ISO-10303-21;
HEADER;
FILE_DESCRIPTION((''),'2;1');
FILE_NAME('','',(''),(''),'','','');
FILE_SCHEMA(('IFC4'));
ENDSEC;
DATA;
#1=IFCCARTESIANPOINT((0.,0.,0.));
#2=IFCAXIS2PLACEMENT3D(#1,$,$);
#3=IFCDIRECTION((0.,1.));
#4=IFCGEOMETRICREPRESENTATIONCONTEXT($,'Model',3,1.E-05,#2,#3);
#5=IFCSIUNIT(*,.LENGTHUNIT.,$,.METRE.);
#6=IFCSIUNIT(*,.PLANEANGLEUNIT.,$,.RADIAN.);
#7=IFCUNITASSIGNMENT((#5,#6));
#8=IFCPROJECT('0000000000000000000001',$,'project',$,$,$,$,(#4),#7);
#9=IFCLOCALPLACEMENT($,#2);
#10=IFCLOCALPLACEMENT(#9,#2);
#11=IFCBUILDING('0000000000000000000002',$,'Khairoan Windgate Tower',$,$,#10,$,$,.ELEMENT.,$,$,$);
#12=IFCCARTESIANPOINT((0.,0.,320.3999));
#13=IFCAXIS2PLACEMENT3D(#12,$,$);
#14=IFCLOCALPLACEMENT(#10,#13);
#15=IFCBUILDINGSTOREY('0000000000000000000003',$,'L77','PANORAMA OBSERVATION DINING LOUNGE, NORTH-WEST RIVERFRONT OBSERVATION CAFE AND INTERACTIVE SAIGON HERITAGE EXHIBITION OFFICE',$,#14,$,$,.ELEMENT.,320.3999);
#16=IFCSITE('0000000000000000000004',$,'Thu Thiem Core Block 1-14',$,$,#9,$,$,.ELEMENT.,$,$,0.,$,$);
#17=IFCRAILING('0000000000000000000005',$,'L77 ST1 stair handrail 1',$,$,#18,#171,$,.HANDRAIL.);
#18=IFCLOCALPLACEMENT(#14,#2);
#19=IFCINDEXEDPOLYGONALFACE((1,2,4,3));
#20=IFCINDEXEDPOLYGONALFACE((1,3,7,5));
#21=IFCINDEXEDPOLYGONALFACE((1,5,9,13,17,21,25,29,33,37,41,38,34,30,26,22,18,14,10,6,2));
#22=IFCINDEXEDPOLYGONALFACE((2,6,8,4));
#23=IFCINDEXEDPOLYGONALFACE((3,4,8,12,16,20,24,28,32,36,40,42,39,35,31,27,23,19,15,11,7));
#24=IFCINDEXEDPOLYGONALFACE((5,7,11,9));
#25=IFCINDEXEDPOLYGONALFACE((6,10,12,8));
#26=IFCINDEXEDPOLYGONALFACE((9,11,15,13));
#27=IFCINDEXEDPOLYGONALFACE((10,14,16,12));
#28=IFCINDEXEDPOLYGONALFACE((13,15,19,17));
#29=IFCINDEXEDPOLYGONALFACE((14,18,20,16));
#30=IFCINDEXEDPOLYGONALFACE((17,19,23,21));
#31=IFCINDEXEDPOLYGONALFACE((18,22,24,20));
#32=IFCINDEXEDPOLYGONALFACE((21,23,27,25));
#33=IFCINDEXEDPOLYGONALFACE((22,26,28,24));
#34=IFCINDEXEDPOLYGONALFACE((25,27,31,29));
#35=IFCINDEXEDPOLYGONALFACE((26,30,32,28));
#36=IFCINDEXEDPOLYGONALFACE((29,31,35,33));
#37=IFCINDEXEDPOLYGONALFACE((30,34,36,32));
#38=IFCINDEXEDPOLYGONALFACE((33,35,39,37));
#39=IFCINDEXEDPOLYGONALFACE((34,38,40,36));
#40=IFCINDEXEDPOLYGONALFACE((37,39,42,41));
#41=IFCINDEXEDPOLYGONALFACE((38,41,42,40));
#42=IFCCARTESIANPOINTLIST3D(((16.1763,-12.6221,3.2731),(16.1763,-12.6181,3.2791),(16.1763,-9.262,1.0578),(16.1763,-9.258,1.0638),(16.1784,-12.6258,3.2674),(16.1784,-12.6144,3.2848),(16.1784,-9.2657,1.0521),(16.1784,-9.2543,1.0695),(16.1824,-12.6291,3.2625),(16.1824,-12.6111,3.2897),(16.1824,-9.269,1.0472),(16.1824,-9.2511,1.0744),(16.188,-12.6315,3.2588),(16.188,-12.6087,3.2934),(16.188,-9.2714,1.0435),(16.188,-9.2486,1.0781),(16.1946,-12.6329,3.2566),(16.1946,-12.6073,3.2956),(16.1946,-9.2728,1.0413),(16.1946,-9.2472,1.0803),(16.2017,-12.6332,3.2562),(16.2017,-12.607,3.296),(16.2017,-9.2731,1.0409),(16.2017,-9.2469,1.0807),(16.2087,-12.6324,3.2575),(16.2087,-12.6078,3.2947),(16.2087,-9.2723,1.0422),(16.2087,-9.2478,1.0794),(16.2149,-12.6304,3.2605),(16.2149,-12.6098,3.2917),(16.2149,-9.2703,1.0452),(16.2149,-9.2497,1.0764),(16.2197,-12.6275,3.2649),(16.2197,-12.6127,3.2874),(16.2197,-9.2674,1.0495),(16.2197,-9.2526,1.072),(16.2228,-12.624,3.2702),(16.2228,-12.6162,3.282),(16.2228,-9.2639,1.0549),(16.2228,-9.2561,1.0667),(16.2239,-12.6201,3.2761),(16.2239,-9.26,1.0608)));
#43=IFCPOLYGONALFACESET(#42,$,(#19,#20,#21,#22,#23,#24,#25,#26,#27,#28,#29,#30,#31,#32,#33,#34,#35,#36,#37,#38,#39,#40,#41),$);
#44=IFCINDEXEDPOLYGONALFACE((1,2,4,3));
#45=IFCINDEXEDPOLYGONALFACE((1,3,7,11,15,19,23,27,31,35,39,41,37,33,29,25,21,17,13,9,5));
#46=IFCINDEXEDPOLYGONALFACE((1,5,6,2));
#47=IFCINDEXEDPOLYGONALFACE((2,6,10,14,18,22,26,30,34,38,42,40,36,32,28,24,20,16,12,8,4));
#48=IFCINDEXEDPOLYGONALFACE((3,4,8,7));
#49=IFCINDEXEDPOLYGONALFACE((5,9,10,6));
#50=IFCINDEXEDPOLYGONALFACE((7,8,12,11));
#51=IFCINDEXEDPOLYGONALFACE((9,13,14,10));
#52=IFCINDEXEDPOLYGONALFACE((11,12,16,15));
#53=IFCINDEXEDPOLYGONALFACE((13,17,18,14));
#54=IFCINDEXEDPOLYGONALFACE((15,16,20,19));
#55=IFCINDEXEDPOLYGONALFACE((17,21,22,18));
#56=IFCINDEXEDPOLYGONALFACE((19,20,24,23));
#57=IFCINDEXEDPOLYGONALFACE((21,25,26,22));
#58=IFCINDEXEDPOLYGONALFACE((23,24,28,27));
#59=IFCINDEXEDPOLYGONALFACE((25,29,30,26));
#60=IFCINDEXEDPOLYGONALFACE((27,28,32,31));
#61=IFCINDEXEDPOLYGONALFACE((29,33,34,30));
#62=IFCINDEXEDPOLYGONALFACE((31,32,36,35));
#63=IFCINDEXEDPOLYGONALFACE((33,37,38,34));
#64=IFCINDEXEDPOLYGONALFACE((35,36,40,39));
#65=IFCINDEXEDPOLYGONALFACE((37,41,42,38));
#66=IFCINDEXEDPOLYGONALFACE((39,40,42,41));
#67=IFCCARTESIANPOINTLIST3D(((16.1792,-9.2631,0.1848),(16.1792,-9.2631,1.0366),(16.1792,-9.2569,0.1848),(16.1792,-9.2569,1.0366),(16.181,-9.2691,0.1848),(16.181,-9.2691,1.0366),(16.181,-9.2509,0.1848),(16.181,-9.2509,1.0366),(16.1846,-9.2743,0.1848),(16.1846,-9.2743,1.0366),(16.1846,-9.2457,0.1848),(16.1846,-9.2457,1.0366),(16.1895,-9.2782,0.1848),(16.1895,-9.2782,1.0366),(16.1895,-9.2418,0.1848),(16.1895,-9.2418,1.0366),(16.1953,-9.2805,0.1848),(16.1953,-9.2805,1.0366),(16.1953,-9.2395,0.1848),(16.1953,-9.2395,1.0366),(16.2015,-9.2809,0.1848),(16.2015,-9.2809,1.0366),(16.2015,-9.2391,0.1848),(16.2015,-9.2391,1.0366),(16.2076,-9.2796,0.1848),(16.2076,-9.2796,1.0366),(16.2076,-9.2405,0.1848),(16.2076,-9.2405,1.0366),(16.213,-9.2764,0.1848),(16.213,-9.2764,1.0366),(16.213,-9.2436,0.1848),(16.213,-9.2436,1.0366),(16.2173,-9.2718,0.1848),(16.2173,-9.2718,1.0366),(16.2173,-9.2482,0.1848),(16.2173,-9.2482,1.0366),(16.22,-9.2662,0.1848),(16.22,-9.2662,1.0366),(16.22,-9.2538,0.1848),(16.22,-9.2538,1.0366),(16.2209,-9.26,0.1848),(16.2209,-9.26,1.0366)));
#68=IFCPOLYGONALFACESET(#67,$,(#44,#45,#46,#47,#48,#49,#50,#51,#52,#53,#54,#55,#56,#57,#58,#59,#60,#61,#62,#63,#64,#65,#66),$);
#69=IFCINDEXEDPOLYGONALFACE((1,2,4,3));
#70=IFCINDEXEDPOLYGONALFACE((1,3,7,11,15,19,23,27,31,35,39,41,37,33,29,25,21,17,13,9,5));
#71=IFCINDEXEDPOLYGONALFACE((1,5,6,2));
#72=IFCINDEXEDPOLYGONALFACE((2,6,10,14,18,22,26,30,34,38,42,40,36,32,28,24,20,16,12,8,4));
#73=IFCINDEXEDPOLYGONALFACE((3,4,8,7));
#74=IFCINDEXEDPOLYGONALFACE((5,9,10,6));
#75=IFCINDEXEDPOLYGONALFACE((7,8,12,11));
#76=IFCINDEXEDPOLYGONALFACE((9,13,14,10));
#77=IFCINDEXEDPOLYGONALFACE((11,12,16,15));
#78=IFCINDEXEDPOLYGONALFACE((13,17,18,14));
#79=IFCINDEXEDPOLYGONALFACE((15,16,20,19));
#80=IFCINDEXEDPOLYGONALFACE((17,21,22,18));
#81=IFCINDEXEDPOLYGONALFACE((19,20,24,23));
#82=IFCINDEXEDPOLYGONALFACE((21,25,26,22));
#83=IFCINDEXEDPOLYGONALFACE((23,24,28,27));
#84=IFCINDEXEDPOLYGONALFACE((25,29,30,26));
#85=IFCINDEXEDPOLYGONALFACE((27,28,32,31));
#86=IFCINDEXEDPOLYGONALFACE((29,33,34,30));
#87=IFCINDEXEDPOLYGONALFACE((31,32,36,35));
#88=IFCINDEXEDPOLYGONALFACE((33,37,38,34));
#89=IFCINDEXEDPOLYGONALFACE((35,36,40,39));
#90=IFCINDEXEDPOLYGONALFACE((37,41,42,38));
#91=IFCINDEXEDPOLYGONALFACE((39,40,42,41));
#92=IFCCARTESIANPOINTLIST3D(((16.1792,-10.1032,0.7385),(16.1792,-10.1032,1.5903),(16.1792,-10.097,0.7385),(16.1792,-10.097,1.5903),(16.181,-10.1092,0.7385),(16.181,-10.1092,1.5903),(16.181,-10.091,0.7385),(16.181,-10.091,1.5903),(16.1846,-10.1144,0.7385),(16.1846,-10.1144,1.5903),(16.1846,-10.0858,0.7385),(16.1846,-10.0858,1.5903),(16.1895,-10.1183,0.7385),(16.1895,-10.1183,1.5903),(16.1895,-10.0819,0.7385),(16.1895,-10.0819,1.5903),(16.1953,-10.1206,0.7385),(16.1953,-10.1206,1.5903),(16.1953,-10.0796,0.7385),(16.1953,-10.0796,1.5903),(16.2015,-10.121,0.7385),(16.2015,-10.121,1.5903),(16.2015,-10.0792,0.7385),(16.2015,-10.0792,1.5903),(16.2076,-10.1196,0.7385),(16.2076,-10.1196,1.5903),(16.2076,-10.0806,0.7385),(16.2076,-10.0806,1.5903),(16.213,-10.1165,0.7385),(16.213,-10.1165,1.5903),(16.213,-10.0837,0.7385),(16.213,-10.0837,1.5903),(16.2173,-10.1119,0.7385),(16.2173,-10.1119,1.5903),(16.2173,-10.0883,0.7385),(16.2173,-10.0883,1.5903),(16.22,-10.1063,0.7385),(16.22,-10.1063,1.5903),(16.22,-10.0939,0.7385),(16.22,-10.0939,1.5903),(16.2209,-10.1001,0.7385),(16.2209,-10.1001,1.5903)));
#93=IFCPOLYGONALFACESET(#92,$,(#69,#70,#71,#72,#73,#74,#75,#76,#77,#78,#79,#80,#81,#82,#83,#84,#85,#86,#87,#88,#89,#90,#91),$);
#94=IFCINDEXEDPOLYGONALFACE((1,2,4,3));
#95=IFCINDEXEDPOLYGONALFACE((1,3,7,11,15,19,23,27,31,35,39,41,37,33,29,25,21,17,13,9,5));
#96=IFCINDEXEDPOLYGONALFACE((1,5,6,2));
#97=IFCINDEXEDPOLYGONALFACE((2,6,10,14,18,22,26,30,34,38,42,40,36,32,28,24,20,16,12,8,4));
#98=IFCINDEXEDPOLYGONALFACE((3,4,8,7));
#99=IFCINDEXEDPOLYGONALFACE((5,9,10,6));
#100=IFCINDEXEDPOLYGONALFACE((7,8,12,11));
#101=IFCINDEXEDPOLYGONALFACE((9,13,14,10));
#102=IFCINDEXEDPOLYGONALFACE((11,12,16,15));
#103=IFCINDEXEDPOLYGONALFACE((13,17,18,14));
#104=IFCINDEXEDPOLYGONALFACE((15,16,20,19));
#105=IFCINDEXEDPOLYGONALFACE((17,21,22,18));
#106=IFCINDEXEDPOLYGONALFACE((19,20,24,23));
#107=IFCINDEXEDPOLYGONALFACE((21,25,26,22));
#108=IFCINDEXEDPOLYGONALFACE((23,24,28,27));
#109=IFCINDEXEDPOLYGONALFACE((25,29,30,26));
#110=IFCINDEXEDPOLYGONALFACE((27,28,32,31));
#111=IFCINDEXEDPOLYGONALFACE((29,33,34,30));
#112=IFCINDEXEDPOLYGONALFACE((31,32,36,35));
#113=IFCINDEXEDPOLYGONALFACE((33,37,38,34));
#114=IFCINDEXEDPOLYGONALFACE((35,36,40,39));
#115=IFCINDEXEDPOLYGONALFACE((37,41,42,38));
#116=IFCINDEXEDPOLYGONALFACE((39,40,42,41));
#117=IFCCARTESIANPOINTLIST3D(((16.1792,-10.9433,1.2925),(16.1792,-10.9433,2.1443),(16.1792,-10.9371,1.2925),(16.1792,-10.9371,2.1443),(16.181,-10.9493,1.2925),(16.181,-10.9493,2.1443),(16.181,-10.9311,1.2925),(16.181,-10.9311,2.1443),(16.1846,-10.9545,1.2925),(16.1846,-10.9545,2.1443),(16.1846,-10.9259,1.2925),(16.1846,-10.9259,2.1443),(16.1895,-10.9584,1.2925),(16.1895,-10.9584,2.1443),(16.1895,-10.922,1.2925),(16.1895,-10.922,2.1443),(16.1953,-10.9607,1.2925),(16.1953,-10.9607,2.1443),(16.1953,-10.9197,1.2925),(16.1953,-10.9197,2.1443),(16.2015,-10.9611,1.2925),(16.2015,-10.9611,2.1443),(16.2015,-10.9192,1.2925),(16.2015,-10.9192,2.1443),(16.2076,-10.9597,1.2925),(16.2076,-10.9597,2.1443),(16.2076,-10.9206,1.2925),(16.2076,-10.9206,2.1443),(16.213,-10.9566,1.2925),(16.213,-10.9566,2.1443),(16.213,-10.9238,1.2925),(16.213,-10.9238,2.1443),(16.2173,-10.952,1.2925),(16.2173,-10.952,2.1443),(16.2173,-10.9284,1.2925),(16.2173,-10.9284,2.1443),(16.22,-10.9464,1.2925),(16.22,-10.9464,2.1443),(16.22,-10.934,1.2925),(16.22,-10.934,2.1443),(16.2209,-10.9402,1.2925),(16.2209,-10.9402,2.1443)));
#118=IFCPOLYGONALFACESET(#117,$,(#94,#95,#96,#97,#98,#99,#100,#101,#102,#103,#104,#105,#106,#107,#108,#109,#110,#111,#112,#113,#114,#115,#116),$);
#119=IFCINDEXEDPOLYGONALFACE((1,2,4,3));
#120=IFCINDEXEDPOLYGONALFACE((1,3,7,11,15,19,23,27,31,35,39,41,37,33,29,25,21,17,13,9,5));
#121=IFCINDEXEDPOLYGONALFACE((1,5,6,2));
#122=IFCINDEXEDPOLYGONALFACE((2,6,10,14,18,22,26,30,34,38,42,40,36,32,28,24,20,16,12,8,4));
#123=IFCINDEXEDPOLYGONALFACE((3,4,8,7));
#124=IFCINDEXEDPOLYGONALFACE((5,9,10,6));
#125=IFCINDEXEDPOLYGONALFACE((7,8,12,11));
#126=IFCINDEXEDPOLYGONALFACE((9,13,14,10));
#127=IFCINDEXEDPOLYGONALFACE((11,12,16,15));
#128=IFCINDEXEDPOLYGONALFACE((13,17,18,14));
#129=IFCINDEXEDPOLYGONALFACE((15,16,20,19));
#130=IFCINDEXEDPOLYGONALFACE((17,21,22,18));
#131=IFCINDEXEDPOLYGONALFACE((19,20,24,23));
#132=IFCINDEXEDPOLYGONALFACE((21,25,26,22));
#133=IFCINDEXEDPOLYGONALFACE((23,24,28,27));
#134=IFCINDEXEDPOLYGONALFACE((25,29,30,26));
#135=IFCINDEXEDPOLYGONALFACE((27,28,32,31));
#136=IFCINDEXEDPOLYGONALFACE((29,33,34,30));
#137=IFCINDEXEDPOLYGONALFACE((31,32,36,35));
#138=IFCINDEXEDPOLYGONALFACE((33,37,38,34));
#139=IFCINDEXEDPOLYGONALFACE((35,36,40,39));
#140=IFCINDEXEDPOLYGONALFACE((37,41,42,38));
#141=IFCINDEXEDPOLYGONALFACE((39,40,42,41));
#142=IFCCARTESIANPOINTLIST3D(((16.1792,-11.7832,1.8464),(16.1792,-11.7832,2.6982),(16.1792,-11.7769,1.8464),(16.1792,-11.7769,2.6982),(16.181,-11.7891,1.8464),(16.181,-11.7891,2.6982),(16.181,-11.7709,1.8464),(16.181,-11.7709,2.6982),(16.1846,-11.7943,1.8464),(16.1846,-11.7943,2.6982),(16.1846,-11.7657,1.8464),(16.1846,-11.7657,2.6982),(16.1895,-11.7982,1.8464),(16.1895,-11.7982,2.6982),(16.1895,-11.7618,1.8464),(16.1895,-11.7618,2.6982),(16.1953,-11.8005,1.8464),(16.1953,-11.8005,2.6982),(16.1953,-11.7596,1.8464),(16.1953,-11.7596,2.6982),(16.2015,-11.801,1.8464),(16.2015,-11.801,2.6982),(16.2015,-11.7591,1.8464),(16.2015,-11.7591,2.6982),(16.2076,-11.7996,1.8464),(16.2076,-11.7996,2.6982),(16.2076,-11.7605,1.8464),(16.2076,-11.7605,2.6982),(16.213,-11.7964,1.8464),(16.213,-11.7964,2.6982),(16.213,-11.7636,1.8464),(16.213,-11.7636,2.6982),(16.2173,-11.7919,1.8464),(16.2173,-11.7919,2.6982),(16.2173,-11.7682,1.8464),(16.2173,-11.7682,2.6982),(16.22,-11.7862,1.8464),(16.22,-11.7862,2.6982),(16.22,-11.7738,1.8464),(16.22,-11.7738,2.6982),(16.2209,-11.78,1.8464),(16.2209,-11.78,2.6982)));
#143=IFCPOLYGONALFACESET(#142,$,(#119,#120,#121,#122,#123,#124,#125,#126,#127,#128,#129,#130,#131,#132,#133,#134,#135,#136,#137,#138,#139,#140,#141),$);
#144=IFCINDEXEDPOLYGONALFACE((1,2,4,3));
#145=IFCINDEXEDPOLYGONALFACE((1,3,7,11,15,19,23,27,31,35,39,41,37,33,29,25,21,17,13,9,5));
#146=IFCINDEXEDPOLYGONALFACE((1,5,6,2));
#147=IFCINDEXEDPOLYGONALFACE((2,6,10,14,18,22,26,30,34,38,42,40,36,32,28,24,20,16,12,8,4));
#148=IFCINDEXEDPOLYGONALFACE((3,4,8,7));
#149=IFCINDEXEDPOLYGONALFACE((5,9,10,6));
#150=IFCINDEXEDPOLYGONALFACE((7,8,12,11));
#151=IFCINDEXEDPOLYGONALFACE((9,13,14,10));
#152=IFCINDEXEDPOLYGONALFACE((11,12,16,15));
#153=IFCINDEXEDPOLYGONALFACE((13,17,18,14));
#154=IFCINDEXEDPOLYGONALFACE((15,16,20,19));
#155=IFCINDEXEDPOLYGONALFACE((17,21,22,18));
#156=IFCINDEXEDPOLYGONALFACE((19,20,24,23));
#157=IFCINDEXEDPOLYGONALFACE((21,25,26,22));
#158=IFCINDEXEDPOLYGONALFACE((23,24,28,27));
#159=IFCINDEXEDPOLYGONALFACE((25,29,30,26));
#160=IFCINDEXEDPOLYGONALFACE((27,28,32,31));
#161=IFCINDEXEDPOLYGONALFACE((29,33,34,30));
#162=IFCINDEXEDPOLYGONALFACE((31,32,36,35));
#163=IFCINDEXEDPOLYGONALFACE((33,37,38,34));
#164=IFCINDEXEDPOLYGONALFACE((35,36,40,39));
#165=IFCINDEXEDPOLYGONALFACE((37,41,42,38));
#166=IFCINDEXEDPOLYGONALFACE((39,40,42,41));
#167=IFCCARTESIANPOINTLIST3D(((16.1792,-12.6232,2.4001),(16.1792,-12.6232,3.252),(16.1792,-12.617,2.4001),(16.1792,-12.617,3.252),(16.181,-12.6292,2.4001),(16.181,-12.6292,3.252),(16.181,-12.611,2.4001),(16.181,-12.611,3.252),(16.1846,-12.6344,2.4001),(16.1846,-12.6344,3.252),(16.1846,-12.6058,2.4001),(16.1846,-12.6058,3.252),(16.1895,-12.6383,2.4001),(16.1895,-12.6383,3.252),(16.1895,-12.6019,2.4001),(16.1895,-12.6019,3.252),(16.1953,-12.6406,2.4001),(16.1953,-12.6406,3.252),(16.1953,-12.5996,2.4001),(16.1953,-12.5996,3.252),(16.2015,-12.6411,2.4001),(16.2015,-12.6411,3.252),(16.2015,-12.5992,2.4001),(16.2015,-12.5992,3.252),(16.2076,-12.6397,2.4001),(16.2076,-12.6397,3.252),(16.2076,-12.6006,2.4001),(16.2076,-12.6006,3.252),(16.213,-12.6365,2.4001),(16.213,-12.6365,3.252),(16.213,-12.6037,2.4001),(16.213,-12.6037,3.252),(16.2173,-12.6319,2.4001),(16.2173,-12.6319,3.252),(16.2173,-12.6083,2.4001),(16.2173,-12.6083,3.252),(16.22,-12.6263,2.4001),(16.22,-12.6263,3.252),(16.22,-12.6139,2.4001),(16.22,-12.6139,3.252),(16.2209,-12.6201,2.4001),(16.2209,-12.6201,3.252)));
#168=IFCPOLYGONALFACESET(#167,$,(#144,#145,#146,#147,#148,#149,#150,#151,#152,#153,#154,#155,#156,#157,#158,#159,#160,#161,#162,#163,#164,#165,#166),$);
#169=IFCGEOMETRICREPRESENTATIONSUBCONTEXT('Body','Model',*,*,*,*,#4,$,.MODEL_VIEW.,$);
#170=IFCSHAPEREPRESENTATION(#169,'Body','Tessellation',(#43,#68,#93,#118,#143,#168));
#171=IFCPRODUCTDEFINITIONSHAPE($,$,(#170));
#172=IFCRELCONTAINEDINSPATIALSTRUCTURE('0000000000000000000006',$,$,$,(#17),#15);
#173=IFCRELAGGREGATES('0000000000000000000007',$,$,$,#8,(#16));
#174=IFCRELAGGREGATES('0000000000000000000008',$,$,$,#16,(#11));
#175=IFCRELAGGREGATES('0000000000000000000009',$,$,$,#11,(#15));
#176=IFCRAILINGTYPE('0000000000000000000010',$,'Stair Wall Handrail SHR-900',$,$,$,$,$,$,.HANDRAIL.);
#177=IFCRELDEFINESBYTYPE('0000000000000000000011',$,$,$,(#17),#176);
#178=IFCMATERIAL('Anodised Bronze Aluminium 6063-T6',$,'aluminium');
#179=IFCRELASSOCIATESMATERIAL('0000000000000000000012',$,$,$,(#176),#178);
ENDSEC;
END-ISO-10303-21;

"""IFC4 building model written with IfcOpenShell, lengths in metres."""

from ifc_helpers import new_model, si_unit, direction, frame, origin, origin_2d, place, context, subcontext, project, spatial, circle, extrude, material, type_object, element, save


model = new_model("IFC4")

# Units and contexts
model_context = context("Model", 3, precision=1e-05, world=origin(), true_north=direction((0.0, 1.0)))
body_context = subcontext(model_context, "Body", "Model", "MODEL_VIEW")
ifc_project = project(units=[si_unit("LENGTHUNIT", "METRE"), si_unit("PLANEANGLEUNIT", "RADIAN")], contexts=[model_context])

# Site, building, storey
site_placement = place(None, origin())
site = spatial("IfcSite", under=ifc_project, at=site_placement, Name="Thu Thiem Core Block 1-14", CompositionType="ELEMENT", RefElevation=0.0)
building_placement = place(site_placement, origin())
building = spatial("IfcBuilding", under=site, at=building_placement, Name="Khairoan Windgate Tower", CompositionType="ELEMENT")
storey_placement = place(building_placement, frame((0.0, 0.0, 320.3999)))
storey = spatial("IfcBuildingStorey", under=building, at=storey_placement, Name="L77", Description="PANORAMA OBSERVATION DINING LOUNGE, NORTH-WEST RIVERFRONT OBSERVATION CAFE AND INTERACTIVE SAIGON HERITAGE EXHIBITION OFFICE", CompositionType="ELEMENT", Elevation=320.3999)

# Railing
ifc_material_1 = material(Name="Anodised Bronze Aluminium 6063-T6", Category="aluminium")
railing_type_1 = type_object("IfcRailingType", Name="Stair Wall Handrail SHR-900", PredefinedType="HANDRAIL", material=ifc_material_1)
railing_1_placement = place(storey_placement, frame((16.2, -9.26, 0.1848)))
element("IfcRailing", 1, at=railing_1_placement, inside=storey, type_object=railing_type_1, Name="L77 ST1 stair handrail 1", PredefinedType="HANDRAIL", context=body_context, shape_type="SweptSolid", body=[
    extrude(circle(Radius=0.0239, at=origin_2d()), frame((0.0, 0.0, 0.876), z_axis=(0.0, -0.834876, 0.550437), x_axis=(1.0, 0.0, 0.0)), (0.0, 0.0, 1.0), 4.0247),
    extrude(circle(Radius=0.021, at=origin_2d()), origin(), (0.0, 0.0, 1.0), 0.8518),
    extrude(circle(Radius=0.021, at=origin_2d()), frame((0.0, -0.8401, 0.5537)), (0.0, 0.0, 1.0), 0.8518),
    extrude(circle(Radius=0.021, at=origin_2d()), frame((0.0, -1.6802, 1.1077)), (0.0, 0.0, 1.0), 0.8518),
    extrude(circle(Radius=0.021, at=origin_2d()), frame((0.0, -2.52, 1.6616)), (0.0, 0.0, 1.0), 0.8518),
    extrude(circle(Radius=0.021, at=origin_2d()), frame((0.0, -3.3601, 2.2153)), (0.0, 0.0, 1.0), 0.8518),
])

save(model, "model.ifc")
